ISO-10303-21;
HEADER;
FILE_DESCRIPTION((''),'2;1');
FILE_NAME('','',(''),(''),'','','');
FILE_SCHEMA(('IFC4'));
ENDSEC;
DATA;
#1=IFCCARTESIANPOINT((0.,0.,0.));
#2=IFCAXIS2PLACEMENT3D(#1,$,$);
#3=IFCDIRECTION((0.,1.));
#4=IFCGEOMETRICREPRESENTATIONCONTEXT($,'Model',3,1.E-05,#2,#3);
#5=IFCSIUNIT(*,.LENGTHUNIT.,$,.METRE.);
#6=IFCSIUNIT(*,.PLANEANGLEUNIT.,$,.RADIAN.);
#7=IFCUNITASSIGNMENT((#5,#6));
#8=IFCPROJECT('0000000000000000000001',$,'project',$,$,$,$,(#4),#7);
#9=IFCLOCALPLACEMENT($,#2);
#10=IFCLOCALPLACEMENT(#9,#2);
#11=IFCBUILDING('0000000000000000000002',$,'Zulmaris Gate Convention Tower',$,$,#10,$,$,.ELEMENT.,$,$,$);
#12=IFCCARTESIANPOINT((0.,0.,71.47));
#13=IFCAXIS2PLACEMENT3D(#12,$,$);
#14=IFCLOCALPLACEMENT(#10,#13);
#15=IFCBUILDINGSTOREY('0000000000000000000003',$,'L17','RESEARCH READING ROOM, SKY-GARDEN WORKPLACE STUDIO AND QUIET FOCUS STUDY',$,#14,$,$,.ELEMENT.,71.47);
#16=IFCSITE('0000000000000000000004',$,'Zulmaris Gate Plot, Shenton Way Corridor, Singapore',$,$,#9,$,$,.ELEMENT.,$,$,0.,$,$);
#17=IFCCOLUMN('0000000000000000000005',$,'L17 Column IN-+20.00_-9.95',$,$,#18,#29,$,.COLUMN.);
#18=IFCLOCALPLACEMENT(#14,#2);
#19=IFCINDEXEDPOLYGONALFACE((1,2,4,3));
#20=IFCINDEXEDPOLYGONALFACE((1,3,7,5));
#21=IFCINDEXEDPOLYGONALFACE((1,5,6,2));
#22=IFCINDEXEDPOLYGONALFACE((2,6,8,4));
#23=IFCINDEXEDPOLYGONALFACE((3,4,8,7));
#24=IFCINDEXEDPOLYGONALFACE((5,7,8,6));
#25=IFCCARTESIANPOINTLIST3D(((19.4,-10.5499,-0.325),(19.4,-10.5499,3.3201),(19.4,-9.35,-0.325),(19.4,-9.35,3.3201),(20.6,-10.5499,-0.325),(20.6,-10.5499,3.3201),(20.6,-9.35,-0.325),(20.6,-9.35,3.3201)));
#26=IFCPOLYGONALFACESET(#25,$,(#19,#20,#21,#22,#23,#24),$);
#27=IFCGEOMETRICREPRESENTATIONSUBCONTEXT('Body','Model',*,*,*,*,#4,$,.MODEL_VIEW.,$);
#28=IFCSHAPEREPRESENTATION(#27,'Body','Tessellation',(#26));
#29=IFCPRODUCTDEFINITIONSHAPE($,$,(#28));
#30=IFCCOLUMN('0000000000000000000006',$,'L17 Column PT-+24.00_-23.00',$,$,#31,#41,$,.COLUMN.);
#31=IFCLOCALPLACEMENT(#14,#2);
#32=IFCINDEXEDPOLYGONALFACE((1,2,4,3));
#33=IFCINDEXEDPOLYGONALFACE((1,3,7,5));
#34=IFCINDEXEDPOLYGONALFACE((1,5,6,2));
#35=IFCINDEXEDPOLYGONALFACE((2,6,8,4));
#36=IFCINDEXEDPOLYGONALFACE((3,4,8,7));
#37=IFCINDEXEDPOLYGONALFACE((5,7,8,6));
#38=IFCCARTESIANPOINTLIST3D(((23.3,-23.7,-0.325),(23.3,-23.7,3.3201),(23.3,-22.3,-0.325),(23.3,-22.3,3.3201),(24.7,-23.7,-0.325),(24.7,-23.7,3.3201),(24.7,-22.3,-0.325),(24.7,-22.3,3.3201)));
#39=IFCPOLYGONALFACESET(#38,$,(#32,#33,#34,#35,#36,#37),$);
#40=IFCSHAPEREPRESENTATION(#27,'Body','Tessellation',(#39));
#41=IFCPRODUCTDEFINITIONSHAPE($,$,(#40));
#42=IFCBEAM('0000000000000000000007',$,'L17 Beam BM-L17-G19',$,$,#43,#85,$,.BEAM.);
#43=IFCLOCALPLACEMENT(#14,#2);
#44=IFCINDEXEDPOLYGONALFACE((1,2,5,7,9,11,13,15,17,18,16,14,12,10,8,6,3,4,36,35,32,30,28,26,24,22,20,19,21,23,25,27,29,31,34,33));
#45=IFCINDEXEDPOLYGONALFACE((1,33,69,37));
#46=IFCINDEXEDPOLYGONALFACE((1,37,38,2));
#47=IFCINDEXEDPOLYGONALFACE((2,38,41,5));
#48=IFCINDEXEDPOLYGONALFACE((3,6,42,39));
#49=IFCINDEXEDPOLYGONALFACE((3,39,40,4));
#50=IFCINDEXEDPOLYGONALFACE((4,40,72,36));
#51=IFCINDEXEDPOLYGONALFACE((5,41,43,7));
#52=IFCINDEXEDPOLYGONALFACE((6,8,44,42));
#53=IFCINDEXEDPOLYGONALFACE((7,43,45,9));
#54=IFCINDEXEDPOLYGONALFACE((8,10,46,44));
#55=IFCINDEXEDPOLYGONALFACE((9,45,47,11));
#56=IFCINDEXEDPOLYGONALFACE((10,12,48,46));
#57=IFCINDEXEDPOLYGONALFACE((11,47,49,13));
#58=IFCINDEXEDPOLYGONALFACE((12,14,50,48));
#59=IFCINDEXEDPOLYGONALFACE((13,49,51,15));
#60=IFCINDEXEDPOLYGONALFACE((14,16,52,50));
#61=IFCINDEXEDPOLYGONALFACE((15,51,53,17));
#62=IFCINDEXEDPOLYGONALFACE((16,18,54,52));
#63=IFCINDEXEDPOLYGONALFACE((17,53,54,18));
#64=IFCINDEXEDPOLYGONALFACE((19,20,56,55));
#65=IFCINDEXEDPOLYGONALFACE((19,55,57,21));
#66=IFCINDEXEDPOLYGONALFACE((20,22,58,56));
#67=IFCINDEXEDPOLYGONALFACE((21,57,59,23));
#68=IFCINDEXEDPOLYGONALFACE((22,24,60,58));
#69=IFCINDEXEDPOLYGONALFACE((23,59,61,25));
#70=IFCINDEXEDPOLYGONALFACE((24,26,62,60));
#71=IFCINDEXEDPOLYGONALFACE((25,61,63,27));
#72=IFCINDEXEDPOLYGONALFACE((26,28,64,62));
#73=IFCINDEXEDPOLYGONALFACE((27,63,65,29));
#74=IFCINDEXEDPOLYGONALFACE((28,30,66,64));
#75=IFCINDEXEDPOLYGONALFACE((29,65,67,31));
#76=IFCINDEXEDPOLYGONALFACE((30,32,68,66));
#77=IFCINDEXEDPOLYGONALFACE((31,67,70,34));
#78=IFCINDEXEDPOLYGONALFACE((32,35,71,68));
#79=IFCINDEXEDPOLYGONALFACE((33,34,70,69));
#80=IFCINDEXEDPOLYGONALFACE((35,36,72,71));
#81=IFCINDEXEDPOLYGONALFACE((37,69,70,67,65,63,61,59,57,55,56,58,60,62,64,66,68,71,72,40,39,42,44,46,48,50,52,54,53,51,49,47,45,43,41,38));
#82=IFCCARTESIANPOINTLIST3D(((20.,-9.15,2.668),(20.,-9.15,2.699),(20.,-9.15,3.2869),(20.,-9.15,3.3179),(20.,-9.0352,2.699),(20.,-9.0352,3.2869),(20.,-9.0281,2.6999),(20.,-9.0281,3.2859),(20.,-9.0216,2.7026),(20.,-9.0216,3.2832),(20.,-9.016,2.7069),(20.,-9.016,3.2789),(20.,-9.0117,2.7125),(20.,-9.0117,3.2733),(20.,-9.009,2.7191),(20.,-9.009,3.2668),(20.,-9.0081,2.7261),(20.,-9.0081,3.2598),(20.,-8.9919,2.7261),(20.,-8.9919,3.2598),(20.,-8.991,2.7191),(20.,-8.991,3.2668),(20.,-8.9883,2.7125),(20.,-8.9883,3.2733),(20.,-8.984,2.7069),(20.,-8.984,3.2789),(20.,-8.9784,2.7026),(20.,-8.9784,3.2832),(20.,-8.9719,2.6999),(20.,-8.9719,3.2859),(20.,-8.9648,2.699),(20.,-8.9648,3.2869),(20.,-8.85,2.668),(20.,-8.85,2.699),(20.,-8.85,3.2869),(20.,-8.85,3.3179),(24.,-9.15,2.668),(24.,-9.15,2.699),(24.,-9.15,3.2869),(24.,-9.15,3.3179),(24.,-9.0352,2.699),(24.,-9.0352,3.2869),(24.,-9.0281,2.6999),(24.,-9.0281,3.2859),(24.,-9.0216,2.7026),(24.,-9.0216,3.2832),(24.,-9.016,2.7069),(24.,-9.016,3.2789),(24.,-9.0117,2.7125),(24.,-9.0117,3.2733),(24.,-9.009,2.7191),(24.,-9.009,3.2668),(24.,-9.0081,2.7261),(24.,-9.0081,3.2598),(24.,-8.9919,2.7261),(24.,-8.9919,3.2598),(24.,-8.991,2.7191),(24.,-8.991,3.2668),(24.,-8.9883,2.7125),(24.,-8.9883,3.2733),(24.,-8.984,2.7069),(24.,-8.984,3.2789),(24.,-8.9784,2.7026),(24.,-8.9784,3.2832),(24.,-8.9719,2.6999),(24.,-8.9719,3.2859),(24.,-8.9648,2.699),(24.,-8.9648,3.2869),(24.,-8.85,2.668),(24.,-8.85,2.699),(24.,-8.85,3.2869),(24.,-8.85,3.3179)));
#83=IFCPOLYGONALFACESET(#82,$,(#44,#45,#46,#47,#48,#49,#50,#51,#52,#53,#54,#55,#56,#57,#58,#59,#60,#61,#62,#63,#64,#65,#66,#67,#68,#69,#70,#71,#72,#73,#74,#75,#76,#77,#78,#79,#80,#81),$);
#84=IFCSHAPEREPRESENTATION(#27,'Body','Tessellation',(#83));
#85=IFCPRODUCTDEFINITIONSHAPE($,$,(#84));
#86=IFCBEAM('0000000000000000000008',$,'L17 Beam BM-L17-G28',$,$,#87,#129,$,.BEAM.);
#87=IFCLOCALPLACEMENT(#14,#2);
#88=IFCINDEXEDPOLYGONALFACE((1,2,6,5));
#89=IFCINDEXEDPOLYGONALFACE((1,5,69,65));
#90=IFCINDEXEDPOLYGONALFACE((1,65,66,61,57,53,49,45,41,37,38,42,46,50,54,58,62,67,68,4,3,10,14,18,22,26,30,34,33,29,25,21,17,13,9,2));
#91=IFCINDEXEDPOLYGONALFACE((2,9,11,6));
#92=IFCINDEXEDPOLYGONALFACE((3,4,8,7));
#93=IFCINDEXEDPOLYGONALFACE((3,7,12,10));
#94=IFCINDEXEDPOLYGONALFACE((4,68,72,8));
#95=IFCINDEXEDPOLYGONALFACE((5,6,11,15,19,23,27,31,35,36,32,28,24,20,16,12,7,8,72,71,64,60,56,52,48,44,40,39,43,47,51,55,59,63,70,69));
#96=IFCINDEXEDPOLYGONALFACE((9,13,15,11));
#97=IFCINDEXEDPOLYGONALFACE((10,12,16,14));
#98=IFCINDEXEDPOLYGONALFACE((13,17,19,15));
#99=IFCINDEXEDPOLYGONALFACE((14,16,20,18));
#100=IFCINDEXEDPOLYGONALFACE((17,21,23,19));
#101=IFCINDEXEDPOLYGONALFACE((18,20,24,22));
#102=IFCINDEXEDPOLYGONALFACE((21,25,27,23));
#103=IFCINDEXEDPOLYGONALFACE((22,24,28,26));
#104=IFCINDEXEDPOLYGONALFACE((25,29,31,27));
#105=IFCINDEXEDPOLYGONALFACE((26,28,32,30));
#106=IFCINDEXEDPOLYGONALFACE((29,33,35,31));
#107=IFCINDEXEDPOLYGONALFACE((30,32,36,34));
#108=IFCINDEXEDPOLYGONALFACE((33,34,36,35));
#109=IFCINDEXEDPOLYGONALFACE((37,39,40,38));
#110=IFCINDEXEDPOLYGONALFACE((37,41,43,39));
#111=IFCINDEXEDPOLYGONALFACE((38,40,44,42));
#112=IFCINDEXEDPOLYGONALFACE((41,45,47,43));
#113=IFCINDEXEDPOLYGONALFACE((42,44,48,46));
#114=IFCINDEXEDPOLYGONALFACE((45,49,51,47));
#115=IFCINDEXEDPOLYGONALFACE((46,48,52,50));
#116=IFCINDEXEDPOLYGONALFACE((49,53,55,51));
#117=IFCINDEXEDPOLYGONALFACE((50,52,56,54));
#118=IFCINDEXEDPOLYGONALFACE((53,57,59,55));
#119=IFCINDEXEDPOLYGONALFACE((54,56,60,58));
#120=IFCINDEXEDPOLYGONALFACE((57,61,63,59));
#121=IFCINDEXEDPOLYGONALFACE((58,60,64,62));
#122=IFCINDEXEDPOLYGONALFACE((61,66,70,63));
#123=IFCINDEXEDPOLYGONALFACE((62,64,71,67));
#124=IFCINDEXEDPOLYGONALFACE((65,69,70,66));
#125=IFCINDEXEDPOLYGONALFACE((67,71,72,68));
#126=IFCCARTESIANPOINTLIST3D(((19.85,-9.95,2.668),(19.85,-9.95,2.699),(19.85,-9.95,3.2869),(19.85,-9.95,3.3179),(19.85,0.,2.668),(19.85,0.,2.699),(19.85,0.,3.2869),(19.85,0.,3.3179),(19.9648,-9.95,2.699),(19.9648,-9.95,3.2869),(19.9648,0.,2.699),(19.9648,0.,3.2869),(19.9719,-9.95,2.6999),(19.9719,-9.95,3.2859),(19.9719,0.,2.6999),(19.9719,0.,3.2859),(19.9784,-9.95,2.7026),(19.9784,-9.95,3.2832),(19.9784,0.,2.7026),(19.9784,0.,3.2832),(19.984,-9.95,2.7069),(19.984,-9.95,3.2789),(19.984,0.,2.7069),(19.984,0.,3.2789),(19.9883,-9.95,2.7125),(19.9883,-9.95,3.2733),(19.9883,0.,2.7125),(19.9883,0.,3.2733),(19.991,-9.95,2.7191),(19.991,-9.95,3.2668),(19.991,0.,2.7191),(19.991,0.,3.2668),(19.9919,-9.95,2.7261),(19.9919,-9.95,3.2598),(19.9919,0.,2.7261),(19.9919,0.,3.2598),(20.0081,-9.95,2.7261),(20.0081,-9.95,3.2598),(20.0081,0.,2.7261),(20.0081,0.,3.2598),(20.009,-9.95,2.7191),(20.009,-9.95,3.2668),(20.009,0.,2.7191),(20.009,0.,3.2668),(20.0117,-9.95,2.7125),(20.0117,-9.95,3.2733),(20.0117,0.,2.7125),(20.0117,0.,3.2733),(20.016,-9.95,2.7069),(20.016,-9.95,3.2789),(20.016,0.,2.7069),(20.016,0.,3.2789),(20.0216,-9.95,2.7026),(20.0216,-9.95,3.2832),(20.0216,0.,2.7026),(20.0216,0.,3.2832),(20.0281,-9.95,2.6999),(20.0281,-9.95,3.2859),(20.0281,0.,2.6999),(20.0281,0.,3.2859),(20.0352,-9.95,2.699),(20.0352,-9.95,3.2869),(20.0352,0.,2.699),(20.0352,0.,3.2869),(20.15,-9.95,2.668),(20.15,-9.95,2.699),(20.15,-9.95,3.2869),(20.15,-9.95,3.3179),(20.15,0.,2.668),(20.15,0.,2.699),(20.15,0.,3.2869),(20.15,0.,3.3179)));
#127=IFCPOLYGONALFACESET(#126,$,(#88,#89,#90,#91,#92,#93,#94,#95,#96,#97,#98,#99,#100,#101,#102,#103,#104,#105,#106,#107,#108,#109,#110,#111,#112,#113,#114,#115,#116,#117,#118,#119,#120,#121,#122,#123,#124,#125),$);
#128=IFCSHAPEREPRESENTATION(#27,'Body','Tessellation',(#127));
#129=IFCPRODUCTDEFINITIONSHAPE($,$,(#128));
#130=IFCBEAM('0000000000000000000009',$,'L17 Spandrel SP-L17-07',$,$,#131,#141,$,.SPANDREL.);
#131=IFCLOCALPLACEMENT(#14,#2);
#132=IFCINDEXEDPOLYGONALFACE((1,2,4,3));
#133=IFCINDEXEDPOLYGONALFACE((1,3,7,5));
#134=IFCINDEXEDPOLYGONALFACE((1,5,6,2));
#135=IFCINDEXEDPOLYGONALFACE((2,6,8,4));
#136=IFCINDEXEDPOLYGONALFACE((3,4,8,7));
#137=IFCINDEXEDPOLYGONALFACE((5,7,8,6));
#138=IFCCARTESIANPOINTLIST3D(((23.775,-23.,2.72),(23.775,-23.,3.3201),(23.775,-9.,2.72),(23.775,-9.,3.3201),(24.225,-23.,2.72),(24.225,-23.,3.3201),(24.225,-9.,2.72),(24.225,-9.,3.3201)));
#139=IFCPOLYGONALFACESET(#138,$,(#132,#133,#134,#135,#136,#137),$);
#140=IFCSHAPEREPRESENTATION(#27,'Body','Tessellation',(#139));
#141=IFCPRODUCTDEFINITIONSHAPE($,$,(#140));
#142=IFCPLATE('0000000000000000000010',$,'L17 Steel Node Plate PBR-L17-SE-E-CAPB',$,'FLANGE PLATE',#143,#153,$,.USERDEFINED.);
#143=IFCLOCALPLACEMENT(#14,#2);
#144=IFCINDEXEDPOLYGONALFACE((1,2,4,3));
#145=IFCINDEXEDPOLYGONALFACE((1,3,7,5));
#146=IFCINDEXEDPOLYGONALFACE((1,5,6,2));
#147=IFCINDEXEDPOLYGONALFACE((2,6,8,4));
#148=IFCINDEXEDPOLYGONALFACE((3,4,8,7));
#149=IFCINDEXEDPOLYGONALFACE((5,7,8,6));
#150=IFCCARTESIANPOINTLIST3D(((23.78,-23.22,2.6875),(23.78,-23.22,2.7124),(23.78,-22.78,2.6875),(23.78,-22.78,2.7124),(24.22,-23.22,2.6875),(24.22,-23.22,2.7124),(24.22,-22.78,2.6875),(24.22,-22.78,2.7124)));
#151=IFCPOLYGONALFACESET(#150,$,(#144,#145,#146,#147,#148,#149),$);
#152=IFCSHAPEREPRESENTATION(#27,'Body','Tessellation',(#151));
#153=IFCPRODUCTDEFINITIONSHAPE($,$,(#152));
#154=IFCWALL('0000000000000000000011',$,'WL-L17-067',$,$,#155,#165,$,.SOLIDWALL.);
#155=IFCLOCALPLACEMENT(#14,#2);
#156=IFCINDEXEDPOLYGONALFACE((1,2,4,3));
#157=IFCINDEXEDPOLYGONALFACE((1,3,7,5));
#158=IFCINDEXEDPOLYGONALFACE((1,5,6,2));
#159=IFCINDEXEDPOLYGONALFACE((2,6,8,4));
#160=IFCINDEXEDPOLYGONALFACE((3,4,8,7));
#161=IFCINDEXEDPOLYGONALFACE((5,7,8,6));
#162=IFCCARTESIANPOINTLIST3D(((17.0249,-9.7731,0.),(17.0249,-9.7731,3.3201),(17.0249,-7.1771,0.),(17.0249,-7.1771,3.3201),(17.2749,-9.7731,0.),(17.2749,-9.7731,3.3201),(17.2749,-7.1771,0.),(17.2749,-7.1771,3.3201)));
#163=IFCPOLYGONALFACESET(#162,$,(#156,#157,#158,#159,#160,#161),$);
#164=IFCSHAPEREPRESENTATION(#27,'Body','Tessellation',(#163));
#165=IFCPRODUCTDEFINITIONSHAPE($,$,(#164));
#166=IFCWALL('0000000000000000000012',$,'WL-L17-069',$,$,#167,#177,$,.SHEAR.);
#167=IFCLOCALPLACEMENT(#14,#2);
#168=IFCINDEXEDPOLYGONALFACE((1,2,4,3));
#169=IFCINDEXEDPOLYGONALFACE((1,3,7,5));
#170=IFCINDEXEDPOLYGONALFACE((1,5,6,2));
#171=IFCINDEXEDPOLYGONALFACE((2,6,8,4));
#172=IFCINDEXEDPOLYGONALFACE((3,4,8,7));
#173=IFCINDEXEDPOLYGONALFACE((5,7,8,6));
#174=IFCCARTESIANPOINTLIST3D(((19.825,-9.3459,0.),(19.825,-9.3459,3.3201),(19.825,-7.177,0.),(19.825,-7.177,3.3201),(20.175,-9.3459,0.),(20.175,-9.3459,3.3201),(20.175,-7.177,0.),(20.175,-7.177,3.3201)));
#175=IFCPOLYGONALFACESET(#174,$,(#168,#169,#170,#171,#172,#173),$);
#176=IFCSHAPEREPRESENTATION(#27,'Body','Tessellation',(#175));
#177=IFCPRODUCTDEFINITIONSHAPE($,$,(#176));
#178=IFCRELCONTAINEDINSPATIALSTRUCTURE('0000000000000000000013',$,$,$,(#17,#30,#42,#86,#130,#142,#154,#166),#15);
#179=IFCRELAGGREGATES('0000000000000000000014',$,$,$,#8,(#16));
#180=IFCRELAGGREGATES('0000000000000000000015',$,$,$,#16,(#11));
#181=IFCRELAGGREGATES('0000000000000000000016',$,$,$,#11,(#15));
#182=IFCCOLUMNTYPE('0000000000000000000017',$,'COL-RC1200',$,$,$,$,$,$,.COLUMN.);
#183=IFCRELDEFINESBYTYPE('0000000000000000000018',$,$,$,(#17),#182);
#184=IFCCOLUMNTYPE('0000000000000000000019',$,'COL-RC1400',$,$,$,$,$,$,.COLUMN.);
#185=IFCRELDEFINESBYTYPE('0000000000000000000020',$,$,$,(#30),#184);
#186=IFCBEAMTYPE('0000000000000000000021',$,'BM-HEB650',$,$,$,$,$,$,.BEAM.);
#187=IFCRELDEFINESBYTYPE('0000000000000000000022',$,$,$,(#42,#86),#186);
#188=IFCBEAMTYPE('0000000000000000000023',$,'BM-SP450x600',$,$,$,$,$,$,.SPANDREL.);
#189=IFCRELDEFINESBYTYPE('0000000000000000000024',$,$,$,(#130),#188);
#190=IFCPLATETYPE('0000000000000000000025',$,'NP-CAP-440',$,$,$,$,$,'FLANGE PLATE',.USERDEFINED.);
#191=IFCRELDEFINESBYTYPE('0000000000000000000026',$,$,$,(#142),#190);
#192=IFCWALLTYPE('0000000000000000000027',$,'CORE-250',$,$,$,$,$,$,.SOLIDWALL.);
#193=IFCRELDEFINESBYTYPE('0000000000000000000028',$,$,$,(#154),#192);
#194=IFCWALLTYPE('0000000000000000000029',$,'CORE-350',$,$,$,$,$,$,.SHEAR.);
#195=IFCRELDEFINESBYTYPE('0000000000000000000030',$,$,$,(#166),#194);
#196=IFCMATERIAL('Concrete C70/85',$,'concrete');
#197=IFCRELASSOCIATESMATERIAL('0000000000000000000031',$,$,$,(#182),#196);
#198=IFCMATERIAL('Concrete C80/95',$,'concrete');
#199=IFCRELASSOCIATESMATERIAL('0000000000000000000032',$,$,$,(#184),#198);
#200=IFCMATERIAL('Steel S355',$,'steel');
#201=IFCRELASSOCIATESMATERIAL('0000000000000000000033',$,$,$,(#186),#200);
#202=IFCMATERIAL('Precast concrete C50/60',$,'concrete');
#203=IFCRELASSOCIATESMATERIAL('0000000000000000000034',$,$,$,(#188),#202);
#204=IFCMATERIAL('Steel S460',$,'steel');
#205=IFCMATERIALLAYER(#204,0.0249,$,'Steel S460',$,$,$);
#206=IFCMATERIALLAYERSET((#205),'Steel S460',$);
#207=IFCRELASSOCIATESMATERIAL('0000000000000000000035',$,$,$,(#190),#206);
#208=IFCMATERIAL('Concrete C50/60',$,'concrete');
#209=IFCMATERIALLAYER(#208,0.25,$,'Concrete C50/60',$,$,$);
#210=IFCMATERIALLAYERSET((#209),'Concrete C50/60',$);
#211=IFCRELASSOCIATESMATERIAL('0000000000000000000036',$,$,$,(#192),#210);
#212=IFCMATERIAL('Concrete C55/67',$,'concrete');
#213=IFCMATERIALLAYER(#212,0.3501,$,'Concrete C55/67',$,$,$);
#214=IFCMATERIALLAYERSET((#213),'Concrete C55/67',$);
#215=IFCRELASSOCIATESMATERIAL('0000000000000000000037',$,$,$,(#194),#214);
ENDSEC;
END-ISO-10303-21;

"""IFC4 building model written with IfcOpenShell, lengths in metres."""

from ifc_helpers import new_model, si_unit, direction, frame, frame_2d, origin, origin_2d, place, context, subcontext, project, spatial, rectangle, i_section, extrude, material, layer, layer_set, material_profile, profile_set, type_object, element, save


model = new_model("IFC4")

# Units and contexts
model_context = context("Model", 3, precision=1e-05, world=origin(), true_north=direction((0.0, 1.0)))
body_context = subcontext(model_context, "Body", "Model", "MODEL_VIEW")
ifc_project = project(units=[si_unit("LENGTHUNIT", "METRE"), si_unit("PLANEANGLEUNIT", "RADIAN")], contexts=[model_context])

# Site, building, storey
site_placement = place(None, origin())
site = spatial("IfcSite", under=ifc_project, at=site_placement, Name="Zulmaris Gate Plot, Shenton Way Corridor, Singapore", CompositionType="ELEMENT", RefElevation=0.0)
building_placement = place(site_placement, origin())
building = spatial("IfcBuilding", under=site, at=building_placement, Name="Zulmaris Gate Convention Tower", CompositionType="ELEMENT")
storey_placement = place(building_placement, frame((0.0, 0.0, 71.47)))
storey = spatial("IfcBuildingStorey", under=building, at=storey_placement, Name="L17", Description="RESEARCH READING ROOM, SKY-GARDEN WORKPLACE STUDIO AND QUIET FOCUS STUDY", CompositionType="ELEMENT", Elevation=71.47)

# Columns
ifc_material_1 = material(Name="Concrete C70/85", Category="concrete")
ifc_material_profile_1 = material_profile(ifc_material_1, rectangle(XDim=1.2, YDim=1.2, at=origin_2d()), Name="RC COL 1200x1200")
ifc_profile_set_1 = profile_set([ifc_material_profile_1], Name="Concrete C70/85")
column_type_1 = type_object("IfcColumnType", Name="COL-RC1200", PredefinedType="COLUMN", material=ifc_profile_set_1)
column_1_placement = place(storey_placement, frame((20.0, -9.95, -0.325), z_axis=(0.0, 0.0, 1.0), x_axis=(1.0, 0.0, 0.0)))
element("IfcColumn", 1, at=column_1_placement, inside=storey, type_object=column_type_1, Name="L17 Column IN-+20.00_-9.95", PredefinedType="COLUMN", context=body_context, shape_type="SweptSolid", body=[
    extrude(rectangle(XDim=1.2, YDim=1.2, at=origin_2d()), origin(), (0.0, 0.0, 1.0), 3.645),
])
ifc_material_2 = material(Name="Concrete C80/95", Category="concrete")
ifc_material_profile_2 = material_profile(ifc_material_2, rectangle(XDim=1.3999, YDim=1.3999, at=origin_2d()), Name="RC COL 1400x1400")
ifc_profile_set_2 = profile_set([ifc_material_profile_2], Name="Concrete C80/95")
column_type_2 = type_object("IfcColumnType", Name="COL-RC1400", PredefinedType="COLUMN", material=ifc_profile_set_2)
column_2_placement = place(storey_placement, frame((24.0, -23.0, -0.325), z_axis=(0.0, 0.0, 1.0), x_axis=(1.0, 0.0, 0.0)))
element("IfcColumn", 2, at=column_2_placement, inside=storey, type_object=column_type_2, Name="L17 Column PT-+24.00_-23.00", PredefinedType="COLUMN", context=body_context, shape_type="SweptSolid", body=[
    extrude(rectangle(XDim=1.3999, YDim=1.3999, at=origin_2d()), origin(), (0.0, 0.0, 1.0), 3.645),
])

# Beams
ifc_material_3 = material(Name="Steel S355", Category="steel")
ifc_material_profile_3 = material_profile(ifc_material_3, i_section(OverallWidth=0.3, OverallDepth=0.6499, WebThickness=0.0161, FlangeThickness=0.031, FilletRadius=0.0271, at=origin_2d()), Name="HEB 650")
ifc_profile_set_3 = profile_set([ifc_material_profile_3], Name="Steel S355")
beam_type_1 = type_object("IfcBeamType", Name="BM-HEB650", PredefinedType="BEAM", material=ifc_profile_set_3)
beam_1_placement = place(storey_placement, frame((20.0, -9.0, 2.9929), z_axis=(1.0, 0.0, 0.0), x_axis=(0.0, 1.0, 0.0)))
element("IfcBeam", 3, at=beam_1_placement, inside=storey, type_object=beam_type_1, Name="L17 Beam BM-L17-G19", PredefinedType="BEAM", context=body_context, shape_type="SweptSolid", body=[
    extrude(i_section(OverallWidth=0.3, OverallDepth=0.6499, WebThickness=0.0161, FlangeThickness=0.031, FilletRadius=0.0271, at=origin_2d()), origin(), (0.0, 0.0, 1.0), 4.0),
])
beam_2_placement = place(storey_placement, frame((20.0, -9.95, 2.9929), z_axis=(0.0, 1.0, 0.0), x_axis=(-1.0, 0.0, 0.0)))
element("IfcBeam", 4, at=beam_2_placement, inside=storey, type_object=beam_type_1, Name="L17 Beam BM-L17-G28", PredefinedType="BEAM", context=body_context, shape_type="SweptSolid", body=[
    extrude(i_section(OverallWidth=0.3, OverallDepth=0.6499, WebThickness=0.0161, FlangeThickness=0.031, FilletRadius=0.0271, at=origin_2d()), origin(), (0.0, 0.0, 1.0), 9.95),
])
ifc_material_4 = material(Name="Precast concrete C50/60", Category="concrete")
ifc_material_profile_4 = material_profile(ifc_material_4, rectangle(XDim=0.45, YDim=0.6001, at=origin_2d()), Name="RC SPANDREL 450x600")
ifc_profile_set_4 = profile_set([ifc_material_profile_4], Name="Precast concrete C50/60")
beam_type_2 = type_object("IfcBeamType", Name="BM-SP450x600", PredefinedType="SPANDREL", material=ifc_profile_set_4)
beam_3_placement = place(storey_placement, frame((24.0, -23.0, 3.02), z_axis=(0.0, 1.0, 0.0), x_axis=(-1.0, 0.0, 0.0)))
element("IfcBeam", 5, at=beam_3_placement, inside=storey, type_object=beam_type_2, Name="L17 Spandrel SP-L17-07", PredefinedType="SPANDREL", context=body_context, shape_type="SweptSolid", body=[
    extrude(rectangle(XDim=0.45, YDim=0.6001, at=origin_2d()), origin(), (0.0, 0.0, 1.0), 14.0),
])

# Plate
ifc_material_5 = material(Name="Steel S460", Category="steel")
ifc_layer_1 = layer(ifc_material_5, 0.0249, Name="Steel S460")
ifc_layer_set_1 = layer_set([ifc_layer_1], Name="Steel S460")
plate_type = type_object("IfcPlateType", Name="NP-CAP-440", ElementType="FLANGE PLATE", PredefinedType="USERDEFINED", material=ifc_layer_set_1)
plate_placement = place(storey_placement, frame((24.0, -23.0, 2.6875), z_axis=(0.0, 0.0, 1.0), x_axis=(1.0, 0.0, 0.0)))
element("IfcPlate", 6, at=plate_placement, inside=storey, type_object=plate_type, Name="L17 Steel Node Plate PBR-L17-SE-E-CAPB", ObjectType="FLANGE PLATE", PredefinedType="USERDEFINED", context=body_context, shape_type="SweptSolid", body=[
    extrude(rectangle(XDim=0.4399, YDim=0.4399, at=origin_2d()), origin(), (0.0, 0.0, 1.0), 0.0249),
])

# Walls
ifc_material_6 = material(Name="Concrete C50/60", Category="concrete")
ifc_layer_2 = layer(ifc_material_6, 0.25, Name="Concrete C50/60")
ifc_layer_set_2 = layer_set([ifc_layer_2], Name="Concrete C50/60")
wall_type_1 = type_object("IfcWallType", Name="CORE-250", PredefinedType="SOLIDWALL", material=ifc_layer_set_2)
wall_1_placement = place(storey_placement, frame((17.1499, -9.7729, 0.0), z_axis=(0.0, 0.0, 1.0), x_axis=(0.0, 1.0, 0.0)))
element("IfcWall", 7, at=wall_1_placement, inside=storey, type_object=wall_type_1, Name="WL-L17-067", PredefinedType="SOLIDWALL", context=body_context, shape_type="SweptSolid", body=[
    extrude(rectangle(XDim=2.5959, YDim=0.25, at=frame_2d((1.2979, 0.0))), origin(), (0.0, 0.0, 1.0), 3.3201),
])
ifc_material_7 = material(Name="Concrete C55/67", Category="concrete")
ifc_layer_3 = layer(ifc_material_7, 0.3501, Name="Concrete C55/67")
ifc_layer_set_3 = layer_set([ifc_layer_3], Name="Concrete C55/67")
wall_type_2 = type_object("IfcWallType", Name="CORE-350", PredefinedType="SHEAR", material=ifc_layer_set_3)
wall_2_placement = place(storey_placement, frame((20.0, -9.3459, 0.0), z_axis=(0.0, 0.0, 1.0), x_axis=(0.0, 1.0, 0.0)))
element("IfcWall", 8, at=wall_2_placement, inside=storey, type_object=wall_type_2, Name="WL-L17-069", PredefinedType="SHEAR", context=body_context, shape_type="SweptSolid", body=[
    extrude(rectangle(XDim=2.1689, YDim=0.3501, at=frame_2d((1.0845, 0.0))), origin(), (0.0, 0.0, 1.0), 3.3201),
])

save(model, "model.ifc")
